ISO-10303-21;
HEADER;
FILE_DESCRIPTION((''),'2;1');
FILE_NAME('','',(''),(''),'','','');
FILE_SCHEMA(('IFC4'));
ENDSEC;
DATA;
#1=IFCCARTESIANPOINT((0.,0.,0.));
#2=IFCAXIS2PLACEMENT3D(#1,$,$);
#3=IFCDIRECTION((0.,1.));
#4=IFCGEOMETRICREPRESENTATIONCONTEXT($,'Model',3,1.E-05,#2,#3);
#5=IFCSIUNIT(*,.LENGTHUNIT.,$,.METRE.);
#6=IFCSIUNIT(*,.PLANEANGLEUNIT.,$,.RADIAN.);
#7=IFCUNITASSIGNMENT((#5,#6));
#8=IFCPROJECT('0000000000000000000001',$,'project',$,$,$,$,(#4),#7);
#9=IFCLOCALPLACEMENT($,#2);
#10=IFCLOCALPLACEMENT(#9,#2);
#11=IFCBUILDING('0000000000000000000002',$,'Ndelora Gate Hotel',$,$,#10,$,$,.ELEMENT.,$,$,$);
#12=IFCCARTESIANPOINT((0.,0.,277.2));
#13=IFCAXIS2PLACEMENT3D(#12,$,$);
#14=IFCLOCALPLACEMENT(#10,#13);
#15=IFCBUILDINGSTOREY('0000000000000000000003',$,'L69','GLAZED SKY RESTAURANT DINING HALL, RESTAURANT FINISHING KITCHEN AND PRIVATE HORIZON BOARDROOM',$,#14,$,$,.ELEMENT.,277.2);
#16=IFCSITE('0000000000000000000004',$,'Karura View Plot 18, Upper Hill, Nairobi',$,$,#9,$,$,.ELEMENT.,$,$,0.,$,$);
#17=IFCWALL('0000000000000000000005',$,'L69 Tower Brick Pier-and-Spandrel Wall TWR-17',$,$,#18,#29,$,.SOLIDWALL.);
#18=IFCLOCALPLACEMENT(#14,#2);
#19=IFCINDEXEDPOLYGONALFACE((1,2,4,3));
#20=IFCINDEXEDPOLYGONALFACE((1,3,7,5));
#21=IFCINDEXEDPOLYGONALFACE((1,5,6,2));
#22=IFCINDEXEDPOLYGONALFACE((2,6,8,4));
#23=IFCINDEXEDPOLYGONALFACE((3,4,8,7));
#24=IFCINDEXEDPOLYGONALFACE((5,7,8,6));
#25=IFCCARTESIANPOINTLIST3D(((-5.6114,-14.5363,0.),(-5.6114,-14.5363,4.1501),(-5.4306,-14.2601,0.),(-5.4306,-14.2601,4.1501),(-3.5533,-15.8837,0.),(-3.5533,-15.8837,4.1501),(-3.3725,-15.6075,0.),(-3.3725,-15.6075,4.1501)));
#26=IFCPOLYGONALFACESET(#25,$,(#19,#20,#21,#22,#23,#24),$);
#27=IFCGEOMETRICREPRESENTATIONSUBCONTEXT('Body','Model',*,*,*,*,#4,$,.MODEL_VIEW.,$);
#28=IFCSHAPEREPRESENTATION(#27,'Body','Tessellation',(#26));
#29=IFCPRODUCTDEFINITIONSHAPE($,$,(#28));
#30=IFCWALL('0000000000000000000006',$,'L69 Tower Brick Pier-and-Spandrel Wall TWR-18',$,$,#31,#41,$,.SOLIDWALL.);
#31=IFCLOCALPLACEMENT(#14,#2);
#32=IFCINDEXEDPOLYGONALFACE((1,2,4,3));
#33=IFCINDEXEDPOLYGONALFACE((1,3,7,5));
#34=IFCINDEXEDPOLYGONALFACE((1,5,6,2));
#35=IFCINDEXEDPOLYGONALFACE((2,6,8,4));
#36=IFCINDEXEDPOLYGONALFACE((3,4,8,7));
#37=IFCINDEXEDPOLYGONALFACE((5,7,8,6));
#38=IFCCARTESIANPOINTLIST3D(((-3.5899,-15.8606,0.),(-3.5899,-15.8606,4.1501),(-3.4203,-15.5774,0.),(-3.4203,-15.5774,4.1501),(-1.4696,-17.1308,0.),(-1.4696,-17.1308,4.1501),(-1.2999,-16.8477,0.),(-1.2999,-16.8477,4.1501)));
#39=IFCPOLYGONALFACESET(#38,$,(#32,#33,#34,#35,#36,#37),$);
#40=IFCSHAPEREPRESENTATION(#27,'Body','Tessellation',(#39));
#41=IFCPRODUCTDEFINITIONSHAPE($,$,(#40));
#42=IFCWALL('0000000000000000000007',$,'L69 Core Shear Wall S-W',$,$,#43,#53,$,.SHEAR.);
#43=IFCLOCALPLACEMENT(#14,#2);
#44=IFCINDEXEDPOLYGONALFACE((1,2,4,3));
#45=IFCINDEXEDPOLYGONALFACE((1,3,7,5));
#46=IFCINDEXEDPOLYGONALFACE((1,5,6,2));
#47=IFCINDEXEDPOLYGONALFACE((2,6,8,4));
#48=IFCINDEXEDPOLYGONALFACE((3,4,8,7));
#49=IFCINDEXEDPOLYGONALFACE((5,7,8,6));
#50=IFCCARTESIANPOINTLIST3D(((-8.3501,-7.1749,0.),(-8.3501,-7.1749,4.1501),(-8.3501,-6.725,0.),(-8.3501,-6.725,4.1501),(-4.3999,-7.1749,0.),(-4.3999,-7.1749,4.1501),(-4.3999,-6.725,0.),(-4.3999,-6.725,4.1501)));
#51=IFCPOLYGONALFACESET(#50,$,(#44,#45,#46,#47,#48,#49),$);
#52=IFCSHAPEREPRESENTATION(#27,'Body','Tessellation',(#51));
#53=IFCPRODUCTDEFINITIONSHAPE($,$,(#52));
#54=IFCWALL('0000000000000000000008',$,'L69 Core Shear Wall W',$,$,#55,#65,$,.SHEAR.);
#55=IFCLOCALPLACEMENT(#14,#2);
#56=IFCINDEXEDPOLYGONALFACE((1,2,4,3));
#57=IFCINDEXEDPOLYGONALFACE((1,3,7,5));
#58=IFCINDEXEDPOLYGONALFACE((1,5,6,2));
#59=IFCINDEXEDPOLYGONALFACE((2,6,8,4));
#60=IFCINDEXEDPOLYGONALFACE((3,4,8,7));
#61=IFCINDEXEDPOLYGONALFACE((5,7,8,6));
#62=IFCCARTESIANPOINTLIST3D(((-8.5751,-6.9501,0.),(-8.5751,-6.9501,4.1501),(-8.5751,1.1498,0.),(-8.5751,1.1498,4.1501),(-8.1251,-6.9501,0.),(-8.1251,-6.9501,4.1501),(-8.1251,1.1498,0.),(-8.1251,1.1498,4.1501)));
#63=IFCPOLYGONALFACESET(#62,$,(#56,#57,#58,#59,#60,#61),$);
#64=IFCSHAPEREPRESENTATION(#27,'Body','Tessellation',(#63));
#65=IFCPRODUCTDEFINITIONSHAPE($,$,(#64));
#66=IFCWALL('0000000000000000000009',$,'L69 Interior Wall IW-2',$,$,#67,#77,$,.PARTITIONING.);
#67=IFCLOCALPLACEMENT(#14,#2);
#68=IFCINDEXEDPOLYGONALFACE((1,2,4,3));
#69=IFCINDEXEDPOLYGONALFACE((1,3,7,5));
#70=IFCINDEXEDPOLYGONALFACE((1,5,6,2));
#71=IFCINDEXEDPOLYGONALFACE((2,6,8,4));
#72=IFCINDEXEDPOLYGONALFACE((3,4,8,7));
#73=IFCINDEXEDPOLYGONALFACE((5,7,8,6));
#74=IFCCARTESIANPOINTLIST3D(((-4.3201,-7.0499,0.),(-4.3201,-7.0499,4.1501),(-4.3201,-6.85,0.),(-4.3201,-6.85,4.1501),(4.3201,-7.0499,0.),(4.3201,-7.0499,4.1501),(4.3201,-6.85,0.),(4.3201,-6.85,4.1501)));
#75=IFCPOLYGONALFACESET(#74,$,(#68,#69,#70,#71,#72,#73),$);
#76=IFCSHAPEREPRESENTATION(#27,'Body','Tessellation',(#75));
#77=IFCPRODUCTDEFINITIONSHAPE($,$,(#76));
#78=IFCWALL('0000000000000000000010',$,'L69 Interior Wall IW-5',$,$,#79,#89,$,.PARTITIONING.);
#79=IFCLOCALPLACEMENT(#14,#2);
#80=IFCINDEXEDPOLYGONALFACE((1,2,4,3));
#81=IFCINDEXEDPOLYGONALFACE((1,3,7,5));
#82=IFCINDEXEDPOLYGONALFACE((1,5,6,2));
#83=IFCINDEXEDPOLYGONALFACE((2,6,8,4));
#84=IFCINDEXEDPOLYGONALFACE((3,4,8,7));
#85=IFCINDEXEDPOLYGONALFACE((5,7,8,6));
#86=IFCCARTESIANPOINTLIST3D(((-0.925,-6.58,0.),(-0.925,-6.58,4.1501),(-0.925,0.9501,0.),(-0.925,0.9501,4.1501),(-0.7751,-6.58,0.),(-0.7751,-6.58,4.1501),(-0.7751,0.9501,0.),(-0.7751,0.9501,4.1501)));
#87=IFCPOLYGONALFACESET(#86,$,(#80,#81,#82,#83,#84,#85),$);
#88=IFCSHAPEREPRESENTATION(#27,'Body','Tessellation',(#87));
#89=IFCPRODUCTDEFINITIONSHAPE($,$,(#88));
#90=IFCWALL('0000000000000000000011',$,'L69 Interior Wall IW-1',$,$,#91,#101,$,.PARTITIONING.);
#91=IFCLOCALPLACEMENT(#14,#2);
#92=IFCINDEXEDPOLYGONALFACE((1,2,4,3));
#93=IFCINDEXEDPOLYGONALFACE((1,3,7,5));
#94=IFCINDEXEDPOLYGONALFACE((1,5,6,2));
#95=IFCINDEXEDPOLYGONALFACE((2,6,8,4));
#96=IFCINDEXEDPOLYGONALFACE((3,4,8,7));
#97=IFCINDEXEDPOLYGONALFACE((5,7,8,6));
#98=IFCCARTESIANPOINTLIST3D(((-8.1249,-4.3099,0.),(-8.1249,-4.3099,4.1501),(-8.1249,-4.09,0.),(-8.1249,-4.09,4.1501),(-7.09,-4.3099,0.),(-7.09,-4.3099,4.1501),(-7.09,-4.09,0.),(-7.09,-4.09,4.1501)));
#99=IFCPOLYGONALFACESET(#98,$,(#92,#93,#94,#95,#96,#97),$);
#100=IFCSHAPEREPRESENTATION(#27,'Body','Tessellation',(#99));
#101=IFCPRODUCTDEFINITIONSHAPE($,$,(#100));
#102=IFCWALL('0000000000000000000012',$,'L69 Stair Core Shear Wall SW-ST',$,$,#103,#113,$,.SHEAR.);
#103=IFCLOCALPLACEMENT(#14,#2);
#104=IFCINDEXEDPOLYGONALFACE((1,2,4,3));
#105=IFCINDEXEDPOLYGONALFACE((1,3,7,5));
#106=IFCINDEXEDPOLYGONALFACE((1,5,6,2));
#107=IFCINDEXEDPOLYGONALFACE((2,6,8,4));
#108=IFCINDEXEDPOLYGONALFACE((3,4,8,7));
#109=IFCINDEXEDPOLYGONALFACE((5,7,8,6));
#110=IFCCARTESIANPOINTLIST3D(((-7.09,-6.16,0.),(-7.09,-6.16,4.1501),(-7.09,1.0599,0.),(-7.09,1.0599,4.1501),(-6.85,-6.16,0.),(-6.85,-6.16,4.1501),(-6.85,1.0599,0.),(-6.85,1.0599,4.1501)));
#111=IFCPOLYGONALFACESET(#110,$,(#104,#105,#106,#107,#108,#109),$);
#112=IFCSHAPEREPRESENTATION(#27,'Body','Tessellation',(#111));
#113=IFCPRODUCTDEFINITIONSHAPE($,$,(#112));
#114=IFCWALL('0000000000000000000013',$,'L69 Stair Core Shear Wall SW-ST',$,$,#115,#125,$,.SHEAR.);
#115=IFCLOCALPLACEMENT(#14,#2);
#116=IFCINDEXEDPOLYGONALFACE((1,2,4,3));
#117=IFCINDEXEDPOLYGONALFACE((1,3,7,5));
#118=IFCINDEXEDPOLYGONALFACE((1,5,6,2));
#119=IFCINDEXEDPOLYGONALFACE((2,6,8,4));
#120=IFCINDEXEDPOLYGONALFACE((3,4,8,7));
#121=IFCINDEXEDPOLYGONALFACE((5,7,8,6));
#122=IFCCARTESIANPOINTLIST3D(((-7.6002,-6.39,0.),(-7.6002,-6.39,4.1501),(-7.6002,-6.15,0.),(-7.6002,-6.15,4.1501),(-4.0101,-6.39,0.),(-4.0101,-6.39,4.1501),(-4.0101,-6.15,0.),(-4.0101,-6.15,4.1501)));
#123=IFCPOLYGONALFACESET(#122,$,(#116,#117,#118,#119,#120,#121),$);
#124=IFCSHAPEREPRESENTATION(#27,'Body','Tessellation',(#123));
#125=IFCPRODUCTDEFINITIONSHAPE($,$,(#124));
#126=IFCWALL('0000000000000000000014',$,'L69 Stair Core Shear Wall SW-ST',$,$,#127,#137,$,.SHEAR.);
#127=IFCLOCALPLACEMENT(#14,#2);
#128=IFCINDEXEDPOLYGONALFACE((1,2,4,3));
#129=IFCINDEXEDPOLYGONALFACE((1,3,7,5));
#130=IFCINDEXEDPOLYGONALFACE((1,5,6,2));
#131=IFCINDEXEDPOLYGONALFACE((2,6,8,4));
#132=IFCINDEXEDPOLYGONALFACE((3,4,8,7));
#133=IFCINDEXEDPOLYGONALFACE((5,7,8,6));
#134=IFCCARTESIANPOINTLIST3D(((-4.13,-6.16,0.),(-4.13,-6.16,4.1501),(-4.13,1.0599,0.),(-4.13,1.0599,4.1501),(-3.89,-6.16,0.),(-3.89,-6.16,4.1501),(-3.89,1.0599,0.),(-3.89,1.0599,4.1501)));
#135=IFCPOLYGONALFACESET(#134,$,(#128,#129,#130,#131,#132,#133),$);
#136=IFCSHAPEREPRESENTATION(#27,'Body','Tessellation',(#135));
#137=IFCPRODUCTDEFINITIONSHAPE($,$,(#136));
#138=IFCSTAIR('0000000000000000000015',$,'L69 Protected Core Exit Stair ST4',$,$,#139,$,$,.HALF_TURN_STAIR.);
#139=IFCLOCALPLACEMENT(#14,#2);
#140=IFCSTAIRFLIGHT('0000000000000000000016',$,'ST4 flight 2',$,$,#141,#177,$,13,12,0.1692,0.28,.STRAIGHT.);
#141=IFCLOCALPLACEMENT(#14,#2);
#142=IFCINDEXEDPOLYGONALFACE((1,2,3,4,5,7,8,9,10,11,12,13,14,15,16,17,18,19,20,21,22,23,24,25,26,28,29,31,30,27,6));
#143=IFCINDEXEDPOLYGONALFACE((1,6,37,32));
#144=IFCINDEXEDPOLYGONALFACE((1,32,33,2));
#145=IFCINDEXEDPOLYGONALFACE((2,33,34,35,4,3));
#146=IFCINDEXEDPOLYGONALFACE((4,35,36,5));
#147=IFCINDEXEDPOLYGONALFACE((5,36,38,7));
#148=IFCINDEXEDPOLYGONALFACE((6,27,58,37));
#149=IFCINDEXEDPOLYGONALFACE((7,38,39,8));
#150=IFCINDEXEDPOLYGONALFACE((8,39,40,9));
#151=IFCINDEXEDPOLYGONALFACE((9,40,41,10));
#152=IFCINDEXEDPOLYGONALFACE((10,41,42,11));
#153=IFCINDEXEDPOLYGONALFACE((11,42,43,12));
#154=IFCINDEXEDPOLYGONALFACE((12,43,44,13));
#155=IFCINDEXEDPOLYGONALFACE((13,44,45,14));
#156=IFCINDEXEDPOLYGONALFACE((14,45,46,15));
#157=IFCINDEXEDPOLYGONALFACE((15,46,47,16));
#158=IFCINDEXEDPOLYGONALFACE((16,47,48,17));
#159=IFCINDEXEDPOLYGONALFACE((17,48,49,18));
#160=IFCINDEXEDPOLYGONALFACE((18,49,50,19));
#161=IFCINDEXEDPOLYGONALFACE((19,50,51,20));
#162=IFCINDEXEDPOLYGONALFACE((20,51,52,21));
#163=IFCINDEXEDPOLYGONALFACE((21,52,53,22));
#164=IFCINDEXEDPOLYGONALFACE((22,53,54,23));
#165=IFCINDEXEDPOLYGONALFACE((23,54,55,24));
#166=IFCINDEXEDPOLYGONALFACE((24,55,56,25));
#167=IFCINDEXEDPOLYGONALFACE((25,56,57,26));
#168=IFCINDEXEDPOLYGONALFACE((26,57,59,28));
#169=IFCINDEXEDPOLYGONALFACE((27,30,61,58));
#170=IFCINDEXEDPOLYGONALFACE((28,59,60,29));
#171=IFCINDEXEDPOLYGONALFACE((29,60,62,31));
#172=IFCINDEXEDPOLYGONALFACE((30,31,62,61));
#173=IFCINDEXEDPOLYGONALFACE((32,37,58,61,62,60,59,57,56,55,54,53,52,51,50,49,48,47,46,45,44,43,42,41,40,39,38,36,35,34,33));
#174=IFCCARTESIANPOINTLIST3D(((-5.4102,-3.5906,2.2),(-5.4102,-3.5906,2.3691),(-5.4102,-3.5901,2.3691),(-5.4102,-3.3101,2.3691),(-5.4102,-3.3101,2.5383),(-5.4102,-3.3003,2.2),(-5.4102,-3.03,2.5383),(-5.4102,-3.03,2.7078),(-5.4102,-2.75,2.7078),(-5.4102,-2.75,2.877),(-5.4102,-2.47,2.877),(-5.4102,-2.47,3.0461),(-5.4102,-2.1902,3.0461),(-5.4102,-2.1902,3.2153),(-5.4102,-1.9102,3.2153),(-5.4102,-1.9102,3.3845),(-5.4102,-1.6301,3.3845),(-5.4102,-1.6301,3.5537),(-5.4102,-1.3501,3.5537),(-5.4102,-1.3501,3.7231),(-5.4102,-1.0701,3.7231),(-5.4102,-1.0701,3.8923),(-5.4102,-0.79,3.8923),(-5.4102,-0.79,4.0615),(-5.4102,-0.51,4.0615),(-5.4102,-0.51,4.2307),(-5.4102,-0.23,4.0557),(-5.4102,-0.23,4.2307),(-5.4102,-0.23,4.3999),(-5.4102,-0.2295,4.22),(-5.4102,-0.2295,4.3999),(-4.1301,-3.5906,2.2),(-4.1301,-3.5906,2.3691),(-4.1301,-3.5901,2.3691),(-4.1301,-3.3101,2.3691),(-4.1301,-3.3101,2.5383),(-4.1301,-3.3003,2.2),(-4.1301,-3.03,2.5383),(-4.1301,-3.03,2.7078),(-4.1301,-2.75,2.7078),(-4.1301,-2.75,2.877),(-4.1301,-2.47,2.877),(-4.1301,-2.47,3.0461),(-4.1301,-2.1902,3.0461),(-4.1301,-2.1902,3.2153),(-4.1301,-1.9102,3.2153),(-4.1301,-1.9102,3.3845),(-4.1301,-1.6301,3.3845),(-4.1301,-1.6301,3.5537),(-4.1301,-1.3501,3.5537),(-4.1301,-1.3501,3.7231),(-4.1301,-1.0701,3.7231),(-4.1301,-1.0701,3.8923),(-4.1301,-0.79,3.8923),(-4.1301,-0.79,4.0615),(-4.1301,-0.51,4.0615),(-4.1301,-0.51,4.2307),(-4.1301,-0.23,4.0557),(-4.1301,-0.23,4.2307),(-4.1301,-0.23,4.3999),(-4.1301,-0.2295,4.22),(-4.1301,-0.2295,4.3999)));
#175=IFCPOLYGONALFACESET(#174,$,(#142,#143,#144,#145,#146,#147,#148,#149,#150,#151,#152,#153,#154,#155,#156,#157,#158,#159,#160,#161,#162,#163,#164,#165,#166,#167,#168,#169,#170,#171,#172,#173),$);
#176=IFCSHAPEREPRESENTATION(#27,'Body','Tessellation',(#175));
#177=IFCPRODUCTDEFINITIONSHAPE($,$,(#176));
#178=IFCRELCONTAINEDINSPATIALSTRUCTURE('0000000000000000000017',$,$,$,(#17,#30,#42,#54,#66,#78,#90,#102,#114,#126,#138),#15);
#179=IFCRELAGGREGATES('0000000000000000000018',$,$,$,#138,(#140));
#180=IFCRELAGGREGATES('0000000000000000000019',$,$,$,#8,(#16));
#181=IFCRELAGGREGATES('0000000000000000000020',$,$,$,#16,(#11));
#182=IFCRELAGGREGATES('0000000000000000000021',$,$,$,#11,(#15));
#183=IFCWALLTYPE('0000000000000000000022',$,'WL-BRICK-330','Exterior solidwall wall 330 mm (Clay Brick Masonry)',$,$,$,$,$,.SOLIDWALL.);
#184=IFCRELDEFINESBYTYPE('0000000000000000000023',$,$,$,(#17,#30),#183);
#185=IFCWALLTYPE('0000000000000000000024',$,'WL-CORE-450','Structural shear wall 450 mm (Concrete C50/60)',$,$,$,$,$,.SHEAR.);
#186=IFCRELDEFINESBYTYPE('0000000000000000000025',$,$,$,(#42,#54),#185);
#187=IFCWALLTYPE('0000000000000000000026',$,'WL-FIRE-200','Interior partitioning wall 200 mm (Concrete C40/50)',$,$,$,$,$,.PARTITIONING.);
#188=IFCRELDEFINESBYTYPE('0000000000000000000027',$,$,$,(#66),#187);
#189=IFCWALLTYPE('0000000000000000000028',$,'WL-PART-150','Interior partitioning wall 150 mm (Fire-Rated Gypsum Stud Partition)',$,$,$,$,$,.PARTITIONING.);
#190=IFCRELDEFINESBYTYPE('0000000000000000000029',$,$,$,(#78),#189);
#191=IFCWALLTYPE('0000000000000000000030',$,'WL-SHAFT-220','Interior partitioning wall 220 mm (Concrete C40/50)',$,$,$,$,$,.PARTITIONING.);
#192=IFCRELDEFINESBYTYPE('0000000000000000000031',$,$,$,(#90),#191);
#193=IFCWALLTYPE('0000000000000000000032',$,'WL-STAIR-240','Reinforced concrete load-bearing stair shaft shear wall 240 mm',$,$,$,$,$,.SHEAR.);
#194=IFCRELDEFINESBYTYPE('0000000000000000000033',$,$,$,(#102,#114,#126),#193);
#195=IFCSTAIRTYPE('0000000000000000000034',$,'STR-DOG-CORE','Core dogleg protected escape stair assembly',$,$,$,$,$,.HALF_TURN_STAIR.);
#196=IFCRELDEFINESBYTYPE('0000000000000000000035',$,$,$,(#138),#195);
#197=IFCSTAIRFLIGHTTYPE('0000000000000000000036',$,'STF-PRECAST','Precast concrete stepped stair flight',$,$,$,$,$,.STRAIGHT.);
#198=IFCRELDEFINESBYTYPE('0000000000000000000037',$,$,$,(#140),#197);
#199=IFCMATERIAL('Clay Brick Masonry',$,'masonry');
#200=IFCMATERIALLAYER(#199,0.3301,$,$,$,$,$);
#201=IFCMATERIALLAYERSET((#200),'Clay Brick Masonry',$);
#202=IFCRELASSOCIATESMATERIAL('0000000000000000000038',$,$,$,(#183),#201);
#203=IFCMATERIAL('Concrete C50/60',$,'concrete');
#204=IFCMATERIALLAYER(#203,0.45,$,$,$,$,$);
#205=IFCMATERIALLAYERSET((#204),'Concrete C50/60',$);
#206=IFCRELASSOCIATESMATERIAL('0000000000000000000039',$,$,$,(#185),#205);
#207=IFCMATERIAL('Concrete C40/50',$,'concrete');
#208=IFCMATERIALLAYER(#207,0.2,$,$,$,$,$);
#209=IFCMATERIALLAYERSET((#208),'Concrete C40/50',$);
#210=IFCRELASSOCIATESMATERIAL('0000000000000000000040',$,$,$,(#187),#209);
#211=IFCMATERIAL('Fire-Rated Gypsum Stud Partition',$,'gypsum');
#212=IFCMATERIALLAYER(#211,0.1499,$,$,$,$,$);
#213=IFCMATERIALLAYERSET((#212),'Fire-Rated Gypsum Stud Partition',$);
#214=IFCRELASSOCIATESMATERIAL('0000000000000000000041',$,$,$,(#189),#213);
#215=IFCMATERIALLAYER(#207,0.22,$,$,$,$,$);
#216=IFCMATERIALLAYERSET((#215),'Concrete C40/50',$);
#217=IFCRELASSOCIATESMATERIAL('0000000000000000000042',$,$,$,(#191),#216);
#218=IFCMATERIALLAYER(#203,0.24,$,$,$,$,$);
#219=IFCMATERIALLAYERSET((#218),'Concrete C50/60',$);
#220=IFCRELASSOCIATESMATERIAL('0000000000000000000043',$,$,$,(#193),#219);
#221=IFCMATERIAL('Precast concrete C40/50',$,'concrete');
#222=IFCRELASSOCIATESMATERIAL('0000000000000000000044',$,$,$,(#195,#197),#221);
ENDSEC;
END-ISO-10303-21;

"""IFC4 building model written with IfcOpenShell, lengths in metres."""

from ifc_helpers import new_model, si_unit, direction, frame, frame_2d, origin, place, context, subcontext, project, spatial, polyline, rectangle, outline, extrude, material, layer, layer_set, type_object, element, aggregate, save


model = new_model("IFC4")

# Units and contexts
model_context = context("Model", 3, precision=1e-05, world=origin(), true_north=direction((0.0, 1.0)))
body_context = subcontext(model_context, "Body", "Model", "MODEL_VIEW")
ifc_project = project(units=[si_unit("LENGTHUNIT", "METRE"), si_unit("PLANEANGLEUNIT", "RADIAN")], contexts=[model_context])

# Site, building, storey
site_placement = place(None, origin())
site = spatial("IfcSite", under=ifc_project, at=site_placement, Name="Karura View Plot 18, Upper Hill, Nairobi", CompositionType="ELEMENT", RefElevation=0.0)
building_placement = place(site_placement, origin())
building = spatial("IfcBuilding", under=site, at=building_placement, Name="Ndelora Gate Hotel", CompositionType="ELEMENT")
storey_placement = place(building_placement, frame((0.0, 0.0, 277.2)))
storey = spatial("IfcBuildingStorey", under=building, at=storey_placement, Name="L69", Description="GLAZED SKY RESTAURANT DINING HALL, RESTAURANT FINISHING KITCHEN AND PRIVATE HORIZON BOARDROOM", CompositionType="ELEMENT", Elevation=277.2)

# Shared definitions
ifc_material_1 = material(Name="Concrete C50/60", Category="concrete")

# Walls
ifc_material_2 = material(Name="Clay Brick Masonry", Category="masonry")
ifc_layer_1 = layer(ifc_material_2, 0.3301)
ifc_layer_set_1 = layer_set([ifc_layer_1], Name="Clay Brick Masonry")
wall_type_1 = type_object("IfcWallType", Name="WL-BRICK-330", Description="Exterior solidwall wall 330 mm (Clay Brick Masonry)", PredefinedType="SOLIDWALL", material=ifc_layer_set_1)
wall_1_placement = place(storey_placement, frame((-3.4629, -15.7456, 0.0), z_axis=(0.0, 0.0, 1.0), x_axis=(-0.836648, 0.547741, 0.0)))
element("IfcWall", 1, at=wall_1_placement, inside=storey, type_object=wall_type_1, Name="L69 Tower Brick Pier-and-Spandrel Wall TWR-17", PredefinedType="SOLIDWALL", context=body_context, shape_type="SweptSolid", body=[
    extrude(rectangle(XDim=2.46, YDim=0.3301, at=frame_2d((1.23, 0.0))), origin(), (0.0, 0.0, 1.0), 4.1501),
])
wall_2_placement = place(storey_placement, frame((-1.3848, -16.9893, 0.0), z_axis=(0.0, 0.0, 1.0), x_axis=(-0.857841, 0.513915, 0.0)))
element("IfcWall", 2, at=wall_2_placement, inside=storey, type_object=wall_type_1, Name="L69 Tower Brick Pier-and-Spandrel Wall TWR-18", PredefinedType="SOLIDWALL", context=body_context, shape_type="SweptSolid", body=[
    extrude(rectangle(XDim=2.4717, YDim=0.3301, at=frame_2d((1.2358, 0.0))), origin(), (0.0, 0.0, 1.0), 4.1501),
])
ifc_layer_2 = layer(ifc_material_1, 0.45)
ifc_layer_set_2 = layer_set([ifc_layer_2], Name="Concrete C50/60")
wall_type_2 = type_object("IfcWallType", Name="WL-CORE-450", Description="Structural shear wall 450 mm (Concrete C50/60)", PredefinedType="SHEAR", material=ifc_layer_set_2)
wall_3_placement = place(storey_placement, frame((-8.3501, -6.95, 0.0), z_axis=(0.0, 0.0, 1.0), x_axis=(1.0, 0.0, 0.0)))
element("IfcWall", 3, at=wall_3_placement, inside=storey, type_object=wall_type_2, Name="L69 Core Shear Wall S-W", PredefinedType="SHEAR", context=body_context, shape_type="SweptSolid", body=[
    extrude(rectangle(XDim=3.9502, YDim=0.45, at=frame_2d((1.9751, 0.0))), origin(), (0.0, 0.0, 1.0), 4.1501),
])
wall_4_placement = place(storey_placement, frame((-8.3501, -6.95, 0.0), z_axis=(0.0, 0.0, 1.0), x_axis=(0.0, 1.0, 0.0)))
element("IfcWall", 4, at=wall_4_placement, inside=storey, type_object=wall_type_2, Name="L69 Core Shear Wall W", PredefinedType="SHEAR", context=body_context, shape_type="SweptSolid", body=[
    extrude(rectangle(XDim=8.0999, YDim=0.45, at=frame_2d((4.0498, 0.0))), origin(), (0.0, 0.0, 1.0), 4.1501),
])
ifc_material_3 = material(Name="Concrete C40/50", Category="concrete")
ifc_layer_3 = layer(ifc_material_3, 0.2)
ifc_layer_set_3 = layer_set([ifc_layer_3], Name="Concrete C40/50")
wall_type_3 = type_object("IfcWallType", Name="WL-FIRE-200", Description="Interior partitioning wall 200 mm (Concrete C40/50)", PredefinedType="PARTITIONING", material=ifc_layer_set_3)
wall_5_placement = place(storey_placement, frame((-4.3201, -6.95, 0.0), z_axis=(0.0, 0.0, 1.0), x_axis=(1.0, 0.0, 0.0)))
element("IfcWall", 5, at=wall_5_placement, inside=storey, type_object=wall_type_3, Name="L69 Interior Wall IW-2", PredefinedType="PARTITIONING", context=body_context, shape_type="SweptSolid", body=[
    extrude(rectangle(XDim=8.6401, YDim=0.2, at=frame_2d((4.3201, 0.0))), origin(), (0.0, 0.0, 1.0), 4.1501),
])
ifc_material_4 = material(Name="Fire-Rated Gypsum Stud Partition", Category="gypsum")
ifc_layer_4 = layer(ifc_material_4, 0.1499)
ifc_layer_set_4 = layer_set([ifc_layer_4], Name="Fire-Rated Gypsum Stud Partition")
wall_type_4 = type_object("IfcWallType", Name="WL-PART-150", Description="Interior partitioning wall 150 mm (Fire-Rated Gypsum Stud Partition)", PredefinedType="PARTITIONING", material=ifc_layer_set_4)
wall_6_placement = place(storey_placement, frame((-0.8501, -6.5801, 0.0), z_axis=(0.0, 0.0, 1.0), x_axis=(0.0, 1.0, 0.0)))
element("IfcWall", 6, at=wall_6_placement, inside=storey, type_object=wall_type_4, Name="L69 Interior Wall IW-5", PredefinedType="PARTITIONING", context=body_context, shape_type="SweptSolid", body=[
    extrude(rectangle(XDim=7.53, YDim=0.1499, at=frame_2d((3.7651, 0.0))), origin(), (0.0, 0.0, 1.0), 4.1501),
])
ifc_layer_5 = layer(ifc_material_3, 0.22)
ifc_layer_set_5 = layer_set([ifc_layer_5], Name="Concrete C40/50")
wall_type_5 = type_object("IfcWallType", Name="WL-SHAFT-220", Description="Interior partitioning wall 220 mm (Concrete C40/50)", PredefinedType="PARTITIONING", material=ifc_layer_set_5)
wall_7_placement = place(storey_placement, frame((-8.125, -4.2, 0.0), z_axis=(0.0, 0.0, 1.0), x_axis=(1.0, 0.0, 0.0)))
element("IfcWall", 7, at=wall_7_placement, inside=storey, type_object=wall_type_5, Name="L69 Interior Wall IW-1", PredefinedType="PARTITIONING", context=body_context, shape_type="SweptSolid", body=[
    extrude(rectangle(XDim=1.0349, YDim=0.22, at=frame_2d((0.5176, 0.0))), origin(), (0.0, 0.0, 1.0), 4.1501),
])
ifc_layer_6 = layer(ifc_material_1, 0.24)
ifc_layer_set_6 = layer_set([ifc_layer_6], Name="Concrete C50/60")
wall_type_6 = type_object("IfcWallType", Name="WL-STAIR-240", Description="Reinforced concrete load-bearing stair shaft shear wall 240 mm", PredefinedType="SHEAR", material=ifc_layer_set_6)
wall_8_placement = place(storey_placement, frame((-6.97, -6.1599, 0.0), z_axis=(0.0, 0.0, 1.0), x_axis=(0.0, 1.0, 0.0)))
element("IfcWall", 8, at=wall_8_placement, inside=storey, type_object=wall_type_6, Name="L69 Stair Core Shear Wall SW-ST", PredefinedType="SHEAR", context=body_context, shape_type="SweptSolid", body=[
    extrude(rectangle(XDim=7.22, YDim=0.24, at=frame_2d((3.6099, 0.0))), origin(), (0.0, 0.0, 1.0), 4.1501),
])
wall_9_placement = place(storey_placement, frame((-7.6001, -6.27, 0.0), z_axis=(0.0, 0.0, 1.0), x_axis=(1.0, 0.0, 0.0)))
element("IfcWall", 9, at=wall_9_placement, inside=storey, type_object=wall_type_6, Name="L69 Stair Core Shear Wall SW-ST", PredefinedType="SHEAR", context=body_context, shape_type="SweptSolid", body=[
    extrude(rectangle(XDim=3.5901, YDim=0.24, at=frame_2d((1.7949, 0.0))), origin(), (0.0, 0.0, 1.0), 4.1501),
])
wall_10_placement = place(storey_placement, frame((-4.01, -6.1599, 0.0), z_axis=(0.0, 0.0, 1.0), x_axis=(0.0, 1.0, 0.0)))
element("IfcWall", 10, at=wall_10_placement, inside=storey, type_object=wall_type_6, Name="L69 Stair Core Shear Wall SW-ST", PredefinedType="SHEAR", context=body_context, shape_type="SweptSolid", body=[
    extrude(rectangle(XDim=7.22, YDim=0.24, at=frame_2d((3.6099, 0.0))), origin(), (0.0, 0.0, 1.0), 4.1501),
])

# Stair, stair flight
ifc_material_5 = material(Name="Precast concrete C40/50", Category="concrete")
stair_type = type_object("IfcStairType", Name="STR-DOG-CORE", Description="Core dogleg protected escape stair assembly", PredefinedType="HALF_TURN_STAIR", material=ifc_material_5)
stair_placement = place(storey_placement, origin())
stair = element("IfcStair", 11, at=stair_placement, inside=storey, type_object=stair_type, Name="L69 Protected Core Exit Stair ST4", PredefinedType="HALF_TURN_STAIR")
stair_flight_type = type_object("IfcStairFlightType", Name="STF-PRECAST", Description="Precast concrete stepped stair flight", PredefinedType="STRAIGHT", material=ifc_material_5)
stair_flight_placement = place(storey_placement, frame((-4.77, -3.5901, 2.2), z_axis=(0.0, 0.0, 1.0), x_axis=(0.0, 1.0, 0.0)))
stair_flight = element("IfcStairFlight", 12, at=stair_flight_placement, type_object=stair_flight_type, Name="ST4 flight 2", NumberOfRisers=13, NumberOfTreads=12, PredefinedType="STRAIGHT", RiserHeight=0.1692, TreadLength=0.28, context=body_context, shape_type="SweptSolid", body=[
    extrude(outline(polyline([(-0.0005, 0.0), (-0.0005, 0.1692), (0.0, 0.1692), (0.28, 0.1692), (0.28, 0.3384), (0.5601, 0.3384), (0.5601, 0.5078), (0.8401, 0.5078), (0.8401, 0.677), (1.1201, 0.677), (1.1201, 0.8462), (1.3999, 0.8462), (1.3999, 1.0154), (1.6799, 1.0154), (1.6799, 1.1846), (1.96, 1.1846), (1.96, 1.3538), (2.24, 1.3538), (2.24, 1.5232), (2.52, 1.5232), (2.52, 1.6924), (2.8, 1.6924), (2.8, 1.8616), (3.0801, 1.8616), (3.0801, 2.0308), (3.3601, 2.0308), (3.3601, 2.2), (3.3606, 2.2), (3.3606, 2.02), (3.3601, 1.8557), (0.2898, 0.0), (-0.0005, 0.0)])), frame((0.0, 0.6401, 0.0), z_axis=(0.0, -1.0, 0.0), x_axis=(1.0, 0.0, 0.0)), (0.0, 0.0, 1.0), 1.28),
])
aggregate(stair, [stair_flight])

save(model, "model.ifc")
